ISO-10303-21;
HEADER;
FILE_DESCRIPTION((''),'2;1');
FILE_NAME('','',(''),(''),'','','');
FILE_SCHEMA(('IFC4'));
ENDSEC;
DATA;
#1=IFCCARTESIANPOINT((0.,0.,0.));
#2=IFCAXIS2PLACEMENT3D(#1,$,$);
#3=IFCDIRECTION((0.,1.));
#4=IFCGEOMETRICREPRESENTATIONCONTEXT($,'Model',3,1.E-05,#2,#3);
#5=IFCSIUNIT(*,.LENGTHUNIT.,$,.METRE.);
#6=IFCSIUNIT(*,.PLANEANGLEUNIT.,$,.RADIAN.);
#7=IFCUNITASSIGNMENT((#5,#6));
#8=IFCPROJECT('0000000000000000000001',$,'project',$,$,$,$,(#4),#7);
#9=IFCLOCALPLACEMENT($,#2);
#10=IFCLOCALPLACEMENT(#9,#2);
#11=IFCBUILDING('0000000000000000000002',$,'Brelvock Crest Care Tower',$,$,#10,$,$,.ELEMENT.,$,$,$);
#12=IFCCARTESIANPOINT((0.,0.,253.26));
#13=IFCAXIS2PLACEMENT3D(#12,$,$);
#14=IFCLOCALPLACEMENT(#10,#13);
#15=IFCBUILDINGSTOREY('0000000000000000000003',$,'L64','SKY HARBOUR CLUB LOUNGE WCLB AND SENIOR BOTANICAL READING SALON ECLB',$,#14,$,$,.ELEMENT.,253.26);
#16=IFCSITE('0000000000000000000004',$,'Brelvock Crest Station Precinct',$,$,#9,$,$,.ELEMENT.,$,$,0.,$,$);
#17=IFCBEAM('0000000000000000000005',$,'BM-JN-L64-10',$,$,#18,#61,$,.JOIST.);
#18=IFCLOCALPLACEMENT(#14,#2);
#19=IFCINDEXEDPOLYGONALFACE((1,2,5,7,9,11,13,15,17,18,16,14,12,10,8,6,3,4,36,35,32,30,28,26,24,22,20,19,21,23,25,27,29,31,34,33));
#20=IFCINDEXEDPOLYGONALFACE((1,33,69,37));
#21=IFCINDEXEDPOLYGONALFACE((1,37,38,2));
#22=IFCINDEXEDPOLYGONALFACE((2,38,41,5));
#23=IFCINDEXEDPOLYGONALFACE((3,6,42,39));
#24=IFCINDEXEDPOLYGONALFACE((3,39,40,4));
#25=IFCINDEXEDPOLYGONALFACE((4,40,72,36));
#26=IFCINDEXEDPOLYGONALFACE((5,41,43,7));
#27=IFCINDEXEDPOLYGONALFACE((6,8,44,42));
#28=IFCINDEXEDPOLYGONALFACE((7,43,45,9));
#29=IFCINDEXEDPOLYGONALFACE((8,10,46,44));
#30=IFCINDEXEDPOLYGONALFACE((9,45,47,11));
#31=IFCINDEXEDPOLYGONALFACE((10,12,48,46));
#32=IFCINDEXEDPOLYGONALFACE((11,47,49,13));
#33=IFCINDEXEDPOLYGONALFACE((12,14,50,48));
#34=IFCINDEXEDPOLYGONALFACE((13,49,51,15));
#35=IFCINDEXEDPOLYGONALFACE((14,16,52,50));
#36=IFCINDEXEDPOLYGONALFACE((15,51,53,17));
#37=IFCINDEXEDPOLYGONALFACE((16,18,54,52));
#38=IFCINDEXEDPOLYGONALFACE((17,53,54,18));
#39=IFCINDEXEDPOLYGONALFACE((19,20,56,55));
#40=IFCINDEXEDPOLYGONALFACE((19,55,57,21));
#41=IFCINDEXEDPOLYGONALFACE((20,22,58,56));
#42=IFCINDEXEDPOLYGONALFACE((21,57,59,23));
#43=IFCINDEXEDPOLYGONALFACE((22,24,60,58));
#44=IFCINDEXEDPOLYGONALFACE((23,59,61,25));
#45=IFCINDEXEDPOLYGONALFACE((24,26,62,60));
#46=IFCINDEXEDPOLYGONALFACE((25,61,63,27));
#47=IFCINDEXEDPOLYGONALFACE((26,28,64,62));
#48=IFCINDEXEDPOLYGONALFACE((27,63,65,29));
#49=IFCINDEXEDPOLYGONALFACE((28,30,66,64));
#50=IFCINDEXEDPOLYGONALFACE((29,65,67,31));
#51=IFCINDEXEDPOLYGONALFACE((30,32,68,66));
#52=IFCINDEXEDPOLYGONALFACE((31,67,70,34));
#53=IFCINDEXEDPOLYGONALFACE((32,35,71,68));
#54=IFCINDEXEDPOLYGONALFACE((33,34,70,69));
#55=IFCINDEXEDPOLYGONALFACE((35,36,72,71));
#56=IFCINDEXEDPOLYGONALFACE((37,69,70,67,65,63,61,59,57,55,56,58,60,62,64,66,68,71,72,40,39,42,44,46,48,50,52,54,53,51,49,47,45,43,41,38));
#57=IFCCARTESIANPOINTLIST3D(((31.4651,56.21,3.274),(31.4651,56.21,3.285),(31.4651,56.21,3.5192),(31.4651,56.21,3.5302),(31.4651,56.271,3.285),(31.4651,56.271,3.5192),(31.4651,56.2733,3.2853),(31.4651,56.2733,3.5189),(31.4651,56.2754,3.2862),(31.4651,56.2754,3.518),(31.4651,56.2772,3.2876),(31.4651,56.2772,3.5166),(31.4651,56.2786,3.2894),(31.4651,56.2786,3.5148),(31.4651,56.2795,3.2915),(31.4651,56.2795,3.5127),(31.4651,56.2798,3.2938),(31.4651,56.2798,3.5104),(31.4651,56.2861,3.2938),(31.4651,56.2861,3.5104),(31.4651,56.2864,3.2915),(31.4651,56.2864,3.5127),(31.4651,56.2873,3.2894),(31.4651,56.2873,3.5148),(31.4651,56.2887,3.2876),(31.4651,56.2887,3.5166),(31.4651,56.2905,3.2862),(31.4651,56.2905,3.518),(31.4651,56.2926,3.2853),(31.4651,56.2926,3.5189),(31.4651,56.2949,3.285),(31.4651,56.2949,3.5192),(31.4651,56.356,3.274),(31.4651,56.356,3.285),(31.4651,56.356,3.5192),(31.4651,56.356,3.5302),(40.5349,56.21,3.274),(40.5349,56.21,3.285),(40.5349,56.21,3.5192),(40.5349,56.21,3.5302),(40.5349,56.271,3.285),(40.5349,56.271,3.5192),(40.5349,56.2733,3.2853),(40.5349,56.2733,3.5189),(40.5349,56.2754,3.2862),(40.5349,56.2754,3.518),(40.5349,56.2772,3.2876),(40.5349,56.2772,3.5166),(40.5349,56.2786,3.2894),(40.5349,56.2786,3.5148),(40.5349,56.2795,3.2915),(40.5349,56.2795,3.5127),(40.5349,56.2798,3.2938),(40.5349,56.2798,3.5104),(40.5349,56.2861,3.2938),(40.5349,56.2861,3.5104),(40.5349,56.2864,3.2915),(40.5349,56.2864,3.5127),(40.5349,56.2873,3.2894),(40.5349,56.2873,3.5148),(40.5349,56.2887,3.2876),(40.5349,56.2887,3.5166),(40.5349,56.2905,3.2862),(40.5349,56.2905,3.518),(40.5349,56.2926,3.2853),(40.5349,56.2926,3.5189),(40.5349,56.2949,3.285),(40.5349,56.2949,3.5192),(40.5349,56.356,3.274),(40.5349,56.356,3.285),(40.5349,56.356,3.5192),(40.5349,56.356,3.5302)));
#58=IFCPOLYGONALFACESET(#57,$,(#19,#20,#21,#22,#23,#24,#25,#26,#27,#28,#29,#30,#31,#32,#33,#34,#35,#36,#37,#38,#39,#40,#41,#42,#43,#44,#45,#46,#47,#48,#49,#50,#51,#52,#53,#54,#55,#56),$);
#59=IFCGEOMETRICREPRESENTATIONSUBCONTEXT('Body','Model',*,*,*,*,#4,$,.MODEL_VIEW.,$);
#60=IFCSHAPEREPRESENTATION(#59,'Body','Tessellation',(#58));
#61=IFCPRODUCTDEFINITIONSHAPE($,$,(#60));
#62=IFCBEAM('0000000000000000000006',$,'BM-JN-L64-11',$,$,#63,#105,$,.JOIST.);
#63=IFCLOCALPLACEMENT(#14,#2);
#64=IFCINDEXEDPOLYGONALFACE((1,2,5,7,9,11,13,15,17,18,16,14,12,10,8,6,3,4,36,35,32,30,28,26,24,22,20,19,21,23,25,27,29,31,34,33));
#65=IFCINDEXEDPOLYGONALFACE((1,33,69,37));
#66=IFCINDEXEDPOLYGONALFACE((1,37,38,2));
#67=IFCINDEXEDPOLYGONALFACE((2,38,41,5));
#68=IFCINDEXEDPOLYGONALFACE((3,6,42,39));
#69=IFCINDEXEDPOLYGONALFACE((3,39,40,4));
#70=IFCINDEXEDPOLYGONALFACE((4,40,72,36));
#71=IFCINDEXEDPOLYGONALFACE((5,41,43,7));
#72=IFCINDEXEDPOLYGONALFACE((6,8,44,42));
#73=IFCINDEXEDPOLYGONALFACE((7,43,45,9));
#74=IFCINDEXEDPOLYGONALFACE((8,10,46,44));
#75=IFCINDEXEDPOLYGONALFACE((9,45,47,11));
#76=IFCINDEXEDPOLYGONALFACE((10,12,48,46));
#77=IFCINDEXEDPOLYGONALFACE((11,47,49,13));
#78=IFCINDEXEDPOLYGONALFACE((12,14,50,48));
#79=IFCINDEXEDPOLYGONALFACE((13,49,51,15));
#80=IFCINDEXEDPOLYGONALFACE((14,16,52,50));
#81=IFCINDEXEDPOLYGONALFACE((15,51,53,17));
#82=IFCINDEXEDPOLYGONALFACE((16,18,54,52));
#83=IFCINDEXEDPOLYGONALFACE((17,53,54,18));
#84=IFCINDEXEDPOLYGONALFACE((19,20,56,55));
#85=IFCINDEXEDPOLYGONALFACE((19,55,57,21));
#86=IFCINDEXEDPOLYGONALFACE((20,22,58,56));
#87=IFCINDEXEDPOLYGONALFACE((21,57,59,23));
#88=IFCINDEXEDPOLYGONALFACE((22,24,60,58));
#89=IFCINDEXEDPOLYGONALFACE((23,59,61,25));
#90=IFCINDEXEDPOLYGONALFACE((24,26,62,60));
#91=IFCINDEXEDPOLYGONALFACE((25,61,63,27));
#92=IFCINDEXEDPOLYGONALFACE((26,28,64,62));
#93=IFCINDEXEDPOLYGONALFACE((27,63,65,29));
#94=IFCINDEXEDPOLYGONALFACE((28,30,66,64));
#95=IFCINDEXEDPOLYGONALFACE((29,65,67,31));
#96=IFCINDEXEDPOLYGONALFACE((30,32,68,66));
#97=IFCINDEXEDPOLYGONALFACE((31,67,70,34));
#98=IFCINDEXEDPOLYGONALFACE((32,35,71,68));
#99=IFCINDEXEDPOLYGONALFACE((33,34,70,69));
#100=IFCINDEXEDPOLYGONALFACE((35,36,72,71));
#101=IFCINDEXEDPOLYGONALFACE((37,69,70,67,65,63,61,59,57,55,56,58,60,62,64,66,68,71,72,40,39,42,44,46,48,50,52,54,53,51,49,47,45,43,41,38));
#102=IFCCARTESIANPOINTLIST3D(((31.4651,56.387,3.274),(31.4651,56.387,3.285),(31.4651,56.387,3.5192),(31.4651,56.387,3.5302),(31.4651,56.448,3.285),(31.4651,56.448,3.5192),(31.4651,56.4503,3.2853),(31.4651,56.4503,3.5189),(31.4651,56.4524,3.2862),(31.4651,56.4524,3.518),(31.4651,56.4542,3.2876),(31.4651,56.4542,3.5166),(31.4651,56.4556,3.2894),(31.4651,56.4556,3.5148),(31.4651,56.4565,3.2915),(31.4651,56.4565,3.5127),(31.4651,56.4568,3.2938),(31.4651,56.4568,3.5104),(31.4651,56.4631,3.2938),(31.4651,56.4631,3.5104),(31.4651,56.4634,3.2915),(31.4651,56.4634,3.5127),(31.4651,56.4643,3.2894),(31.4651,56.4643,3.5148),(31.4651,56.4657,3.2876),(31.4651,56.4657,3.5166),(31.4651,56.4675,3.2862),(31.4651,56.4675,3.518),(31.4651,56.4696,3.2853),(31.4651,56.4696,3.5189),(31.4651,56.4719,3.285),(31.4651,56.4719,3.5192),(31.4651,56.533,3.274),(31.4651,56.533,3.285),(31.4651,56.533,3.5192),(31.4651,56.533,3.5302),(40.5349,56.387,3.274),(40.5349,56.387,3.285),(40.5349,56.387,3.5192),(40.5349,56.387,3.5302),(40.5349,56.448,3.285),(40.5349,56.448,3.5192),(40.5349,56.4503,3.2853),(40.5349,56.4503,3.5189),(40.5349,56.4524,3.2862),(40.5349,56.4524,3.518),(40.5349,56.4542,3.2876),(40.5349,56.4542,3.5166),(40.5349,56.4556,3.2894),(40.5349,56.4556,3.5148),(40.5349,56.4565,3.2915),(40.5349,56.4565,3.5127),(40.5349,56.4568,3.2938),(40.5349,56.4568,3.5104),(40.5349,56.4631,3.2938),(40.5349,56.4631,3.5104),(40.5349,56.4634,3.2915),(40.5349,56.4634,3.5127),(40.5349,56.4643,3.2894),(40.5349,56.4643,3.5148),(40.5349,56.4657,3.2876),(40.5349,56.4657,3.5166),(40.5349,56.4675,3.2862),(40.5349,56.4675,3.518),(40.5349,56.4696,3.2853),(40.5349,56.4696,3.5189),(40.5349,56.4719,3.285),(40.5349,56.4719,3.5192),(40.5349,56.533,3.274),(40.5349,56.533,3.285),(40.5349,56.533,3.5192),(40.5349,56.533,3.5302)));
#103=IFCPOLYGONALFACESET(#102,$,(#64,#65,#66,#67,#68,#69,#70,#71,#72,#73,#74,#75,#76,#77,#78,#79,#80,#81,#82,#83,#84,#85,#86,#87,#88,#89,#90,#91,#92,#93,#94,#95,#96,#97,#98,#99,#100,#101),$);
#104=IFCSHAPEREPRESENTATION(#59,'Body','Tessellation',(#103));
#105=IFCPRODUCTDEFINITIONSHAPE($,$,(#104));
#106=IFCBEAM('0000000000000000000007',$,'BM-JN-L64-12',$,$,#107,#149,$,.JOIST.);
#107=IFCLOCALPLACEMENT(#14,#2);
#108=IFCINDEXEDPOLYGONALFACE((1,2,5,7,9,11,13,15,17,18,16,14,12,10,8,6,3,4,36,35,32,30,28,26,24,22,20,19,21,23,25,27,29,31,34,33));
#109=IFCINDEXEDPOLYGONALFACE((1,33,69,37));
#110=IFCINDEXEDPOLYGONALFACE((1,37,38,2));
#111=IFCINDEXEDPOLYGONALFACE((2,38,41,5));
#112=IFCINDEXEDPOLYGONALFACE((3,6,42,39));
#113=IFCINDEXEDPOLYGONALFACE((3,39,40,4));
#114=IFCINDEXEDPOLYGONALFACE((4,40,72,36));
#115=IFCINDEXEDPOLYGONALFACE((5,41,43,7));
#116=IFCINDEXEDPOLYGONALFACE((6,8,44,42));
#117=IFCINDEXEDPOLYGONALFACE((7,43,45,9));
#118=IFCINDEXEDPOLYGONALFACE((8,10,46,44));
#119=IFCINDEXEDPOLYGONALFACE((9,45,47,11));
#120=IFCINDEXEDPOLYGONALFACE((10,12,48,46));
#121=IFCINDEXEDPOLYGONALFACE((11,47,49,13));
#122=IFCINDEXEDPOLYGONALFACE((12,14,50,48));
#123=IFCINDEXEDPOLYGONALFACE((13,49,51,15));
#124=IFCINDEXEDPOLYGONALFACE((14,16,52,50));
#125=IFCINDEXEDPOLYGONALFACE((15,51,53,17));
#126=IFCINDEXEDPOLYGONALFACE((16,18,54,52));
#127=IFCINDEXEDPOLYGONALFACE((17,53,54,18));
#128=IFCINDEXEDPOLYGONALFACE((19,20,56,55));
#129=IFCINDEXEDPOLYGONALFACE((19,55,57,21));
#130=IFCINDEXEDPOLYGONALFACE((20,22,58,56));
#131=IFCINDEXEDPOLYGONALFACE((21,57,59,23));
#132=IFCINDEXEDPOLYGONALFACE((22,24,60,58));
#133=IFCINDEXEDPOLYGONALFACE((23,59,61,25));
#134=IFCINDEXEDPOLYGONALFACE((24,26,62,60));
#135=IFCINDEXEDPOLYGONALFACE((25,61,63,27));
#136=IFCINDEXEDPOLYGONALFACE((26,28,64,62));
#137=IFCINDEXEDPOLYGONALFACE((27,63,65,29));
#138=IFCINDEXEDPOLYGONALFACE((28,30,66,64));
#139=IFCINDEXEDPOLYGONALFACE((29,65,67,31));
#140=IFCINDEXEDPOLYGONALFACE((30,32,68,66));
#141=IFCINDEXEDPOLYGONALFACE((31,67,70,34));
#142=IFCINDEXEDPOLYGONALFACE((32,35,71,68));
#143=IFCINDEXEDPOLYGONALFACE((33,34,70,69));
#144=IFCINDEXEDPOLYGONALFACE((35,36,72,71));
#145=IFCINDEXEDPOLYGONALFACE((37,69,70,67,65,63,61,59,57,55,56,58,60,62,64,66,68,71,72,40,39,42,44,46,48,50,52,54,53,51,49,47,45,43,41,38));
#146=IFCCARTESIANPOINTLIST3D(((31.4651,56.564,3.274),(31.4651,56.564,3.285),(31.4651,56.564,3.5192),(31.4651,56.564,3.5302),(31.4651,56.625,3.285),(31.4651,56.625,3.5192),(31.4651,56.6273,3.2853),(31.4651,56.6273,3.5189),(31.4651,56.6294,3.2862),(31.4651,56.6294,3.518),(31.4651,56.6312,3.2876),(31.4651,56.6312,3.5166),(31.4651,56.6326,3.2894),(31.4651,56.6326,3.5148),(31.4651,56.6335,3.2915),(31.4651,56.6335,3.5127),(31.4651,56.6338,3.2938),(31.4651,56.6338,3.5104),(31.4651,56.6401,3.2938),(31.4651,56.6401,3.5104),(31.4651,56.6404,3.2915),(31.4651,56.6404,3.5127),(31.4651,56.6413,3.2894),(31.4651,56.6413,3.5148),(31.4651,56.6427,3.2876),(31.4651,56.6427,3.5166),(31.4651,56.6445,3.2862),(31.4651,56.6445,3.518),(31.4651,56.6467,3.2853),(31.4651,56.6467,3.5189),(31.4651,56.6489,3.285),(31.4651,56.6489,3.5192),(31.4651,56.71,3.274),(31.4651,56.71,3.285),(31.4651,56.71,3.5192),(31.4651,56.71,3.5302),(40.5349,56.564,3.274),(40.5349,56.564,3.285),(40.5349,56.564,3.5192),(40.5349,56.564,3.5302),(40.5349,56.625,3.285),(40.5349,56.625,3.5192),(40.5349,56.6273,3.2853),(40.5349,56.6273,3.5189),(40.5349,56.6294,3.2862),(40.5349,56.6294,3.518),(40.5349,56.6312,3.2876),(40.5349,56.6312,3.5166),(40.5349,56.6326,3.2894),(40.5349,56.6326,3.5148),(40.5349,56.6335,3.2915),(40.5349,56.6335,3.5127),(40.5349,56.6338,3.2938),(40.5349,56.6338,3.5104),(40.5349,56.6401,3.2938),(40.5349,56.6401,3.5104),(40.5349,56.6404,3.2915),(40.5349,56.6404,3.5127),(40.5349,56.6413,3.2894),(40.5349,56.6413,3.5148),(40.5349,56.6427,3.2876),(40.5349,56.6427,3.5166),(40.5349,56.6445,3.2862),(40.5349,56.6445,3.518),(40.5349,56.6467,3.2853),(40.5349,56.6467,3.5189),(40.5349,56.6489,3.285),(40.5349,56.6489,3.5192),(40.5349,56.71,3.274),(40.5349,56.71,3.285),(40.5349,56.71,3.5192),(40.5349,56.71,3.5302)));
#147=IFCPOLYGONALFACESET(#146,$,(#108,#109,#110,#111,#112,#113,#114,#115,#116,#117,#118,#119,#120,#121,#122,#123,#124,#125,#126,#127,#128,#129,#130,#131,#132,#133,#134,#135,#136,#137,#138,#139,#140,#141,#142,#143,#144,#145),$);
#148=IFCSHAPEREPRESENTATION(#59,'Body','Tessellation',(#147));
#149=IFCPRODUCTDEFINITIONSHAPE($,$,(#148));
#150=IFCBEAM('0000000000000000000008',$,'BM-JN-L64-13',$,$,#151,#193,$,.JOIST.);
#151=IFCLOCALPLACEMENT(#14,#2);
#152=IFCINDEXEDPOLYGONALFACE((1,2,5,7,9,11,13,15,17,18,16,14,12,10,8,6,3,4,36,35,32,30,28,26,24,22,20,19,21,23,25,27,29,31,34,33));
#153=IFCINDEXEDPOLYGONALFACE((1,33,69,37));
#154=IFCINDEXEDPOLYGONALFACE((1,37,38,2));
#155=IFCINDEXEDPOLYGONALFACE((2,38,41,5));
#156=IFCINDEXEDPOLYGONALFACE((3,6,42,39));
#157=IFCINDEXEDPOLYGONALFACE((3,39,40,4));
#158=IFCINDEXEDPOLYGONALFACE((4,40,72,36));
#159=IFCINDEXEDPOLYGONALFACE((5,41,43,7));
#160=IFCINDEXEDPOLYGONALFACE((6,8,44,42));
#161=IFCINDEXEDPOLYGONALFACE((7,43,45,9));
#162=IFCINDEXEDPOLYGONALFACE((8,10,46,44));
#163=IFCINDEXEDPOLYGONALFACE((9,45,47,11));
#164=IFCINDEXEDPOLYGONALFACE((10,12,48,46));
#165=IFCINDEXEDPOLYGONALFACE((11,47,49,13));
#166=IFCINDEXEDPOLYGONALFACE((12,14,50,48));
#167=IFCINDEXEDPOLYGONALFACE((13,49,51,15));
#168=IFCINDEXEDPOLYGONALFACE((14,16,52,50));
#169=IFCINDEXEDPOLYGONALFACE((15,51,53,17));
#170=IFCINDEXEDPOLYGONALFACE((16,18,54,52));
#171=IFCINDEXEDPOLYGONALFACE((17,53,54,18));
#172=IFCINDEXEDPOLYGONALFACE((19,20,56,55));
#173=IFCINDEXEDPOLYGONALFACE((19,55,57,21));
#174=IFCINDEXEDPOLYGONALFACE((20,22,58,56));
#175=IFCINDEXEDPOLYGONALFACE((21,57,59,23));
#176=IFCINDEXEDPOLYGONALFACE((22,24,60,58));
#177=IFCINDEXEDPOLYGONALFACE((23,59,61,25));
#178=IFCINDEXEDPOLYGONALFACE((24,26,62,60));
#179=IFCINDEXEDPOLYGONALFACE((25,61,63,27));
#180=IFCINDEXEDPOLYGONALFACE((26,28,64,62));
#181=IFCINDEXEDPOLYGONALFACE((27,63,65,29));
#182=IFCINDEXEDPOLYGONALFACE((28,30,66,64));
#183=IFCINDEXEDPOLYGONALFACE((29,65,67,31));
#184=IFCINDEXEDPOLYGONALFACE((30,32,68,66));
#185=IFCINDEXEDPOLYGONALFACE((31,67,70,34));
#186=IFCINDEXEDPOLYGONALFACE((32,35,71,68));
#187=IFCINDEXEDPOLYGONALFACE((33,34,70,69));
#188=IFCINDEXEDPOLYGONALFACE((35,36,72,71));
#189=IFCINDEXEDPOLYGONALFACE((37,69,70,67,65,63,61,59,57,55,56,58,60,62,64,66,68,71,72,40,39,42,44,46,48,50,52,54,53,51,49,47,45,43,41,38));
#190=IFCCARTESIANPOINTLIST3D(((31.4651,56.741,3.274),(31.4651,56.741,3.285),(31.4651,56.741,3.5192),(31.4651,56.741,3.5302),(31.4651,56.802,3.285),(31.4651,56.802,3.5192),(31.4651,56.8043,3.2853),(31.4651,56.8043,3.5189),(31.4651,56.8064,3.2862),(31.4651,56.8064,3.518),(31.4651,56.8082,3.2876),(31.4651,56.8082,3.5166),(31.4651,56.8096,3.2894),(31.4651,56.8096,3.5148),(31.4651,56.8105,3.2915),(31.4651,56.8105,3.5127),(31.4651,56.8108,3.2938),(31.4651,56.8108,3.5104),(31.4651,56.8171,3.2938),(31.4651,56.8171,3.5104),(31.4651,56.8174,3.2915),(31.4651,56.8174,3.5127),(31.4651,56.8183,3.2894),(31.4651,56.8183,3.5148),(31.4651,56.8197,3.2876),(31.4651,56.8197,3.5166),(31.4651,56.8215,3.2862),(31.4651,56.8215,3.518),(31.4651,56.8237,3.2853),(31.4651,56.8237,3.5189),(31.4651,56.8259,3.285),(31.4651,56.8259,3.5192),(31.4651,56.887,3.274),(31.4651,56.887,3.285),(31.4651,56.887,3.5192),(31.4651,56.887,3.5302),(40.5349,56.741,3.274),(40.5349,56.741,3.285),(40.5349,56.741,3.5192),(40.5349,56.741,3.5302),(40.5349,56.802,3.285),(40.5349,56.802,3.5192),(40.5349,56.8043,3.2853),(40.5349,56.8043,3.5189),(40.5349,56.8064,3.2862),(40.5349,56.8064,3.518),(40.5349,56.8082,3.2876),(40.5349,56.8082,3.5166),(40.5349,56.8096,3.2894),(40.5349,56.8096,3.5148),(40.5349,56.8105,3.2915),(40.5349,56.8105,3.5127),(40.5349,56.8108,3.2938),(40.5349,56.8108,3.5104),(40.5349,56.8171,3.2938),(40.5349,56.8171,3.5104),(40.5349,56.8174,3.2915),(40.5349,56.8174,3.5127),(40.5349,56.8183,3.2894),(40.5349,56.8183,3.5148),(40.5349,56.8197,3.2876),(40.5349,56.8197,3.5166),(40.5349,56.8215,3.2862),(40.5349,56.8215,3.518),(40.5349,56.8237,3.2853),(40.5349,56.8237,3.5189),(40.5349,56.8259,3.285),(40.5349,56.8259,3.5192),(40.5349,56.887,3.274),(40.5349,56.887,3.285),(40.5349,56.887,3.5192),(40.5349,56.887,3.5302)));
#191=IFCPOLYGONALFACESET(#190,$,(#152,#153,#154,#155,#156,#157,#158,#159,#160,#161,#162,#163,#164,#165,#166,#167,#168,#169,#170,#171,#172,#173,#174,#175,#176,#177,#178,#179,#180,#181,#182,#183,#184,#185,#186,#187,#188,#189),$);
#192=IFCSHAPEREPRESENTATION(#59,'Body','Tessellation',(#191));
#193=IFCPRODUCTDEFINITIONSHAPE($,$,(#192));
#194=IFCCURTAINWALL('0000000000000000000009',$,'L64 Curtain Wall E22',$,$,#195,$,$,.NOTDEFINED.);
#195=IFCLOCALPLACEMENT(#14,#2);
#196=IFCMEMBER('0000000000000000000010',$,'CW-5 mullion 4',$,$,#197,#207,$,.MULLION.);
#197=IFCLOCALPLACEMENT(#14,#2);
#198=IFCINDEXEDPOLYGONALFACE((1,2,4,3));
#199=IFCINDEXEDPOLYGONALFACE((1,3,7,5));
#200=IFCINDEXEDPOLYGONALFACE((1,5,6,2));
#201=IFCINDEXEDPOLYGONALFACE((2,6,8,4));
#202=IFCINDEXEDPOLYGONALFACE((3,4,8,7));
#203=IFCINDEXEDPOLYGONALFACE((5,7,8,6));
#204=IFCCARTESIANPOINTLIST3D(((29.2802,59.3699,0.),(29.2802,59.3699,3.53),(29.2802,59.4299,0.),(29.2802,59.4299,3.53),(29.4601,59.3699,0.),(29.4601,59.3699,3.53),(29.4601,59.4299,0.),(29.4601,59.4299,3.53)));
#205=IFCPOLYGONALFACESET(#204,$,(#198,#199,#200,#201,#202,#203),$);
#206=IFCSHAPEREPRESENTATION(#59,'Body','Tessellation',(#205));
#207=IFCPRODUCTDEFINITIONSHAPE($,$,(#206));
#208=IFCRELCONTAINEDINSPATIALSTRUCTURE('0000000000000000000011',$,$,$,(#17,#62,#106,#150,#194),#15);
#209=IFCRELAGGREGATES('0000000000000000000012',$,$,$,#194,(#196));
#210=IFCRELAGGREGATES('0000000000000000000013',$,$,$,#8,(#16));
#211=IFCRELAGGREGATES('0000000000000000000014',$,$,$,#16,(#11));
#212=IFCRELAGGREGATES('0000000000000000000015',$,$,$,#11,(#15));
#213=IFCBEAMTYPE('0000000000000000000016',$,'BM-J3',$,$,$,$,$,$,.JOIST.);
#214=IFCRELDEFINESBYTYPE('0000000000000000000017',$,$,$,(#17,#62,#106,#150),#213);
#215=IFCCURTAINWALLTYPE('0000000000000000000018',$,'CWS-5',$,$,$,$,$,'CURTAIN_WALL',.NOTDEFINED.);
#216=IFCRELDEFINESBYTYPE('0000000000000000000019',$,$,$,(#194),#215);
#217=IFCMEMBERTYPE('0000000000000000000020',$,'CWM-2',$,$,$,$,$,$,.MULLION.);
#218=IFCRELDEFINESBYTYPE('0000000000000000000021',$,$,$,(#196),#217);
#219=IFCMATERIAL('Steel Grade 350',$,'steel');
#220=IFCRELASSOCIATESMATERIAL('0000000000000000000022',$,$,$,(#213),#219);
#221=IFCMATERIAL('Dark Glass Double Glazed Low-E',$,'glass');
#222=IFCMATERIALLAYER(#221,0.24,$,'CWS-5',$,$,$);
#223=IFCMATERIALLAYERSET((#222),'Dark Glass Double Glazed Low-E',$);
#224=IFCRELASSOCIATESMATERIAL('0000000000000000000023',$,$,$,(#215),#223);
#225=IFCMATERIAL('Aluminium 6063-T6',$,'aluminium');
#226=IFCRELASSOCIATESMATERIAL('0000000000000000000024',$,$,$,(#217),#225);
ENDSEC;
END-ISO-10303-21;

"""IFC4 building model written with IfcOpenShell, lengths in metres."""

from ifc_helpers import new_model, si_unit, direction, frame, origin, origin_2d, place, context, subcontext, project, spatial, rectangle, i_section, extrude, source, transform, mapped, material, layer, layer_set, material_profile, profile_set, type_object, element, aggregate, save


model = new_model("IFC4")

# Units and contexts
model_context = context("Model", 3, precision=1e-05, world=origin(), true_north=direction((0.0, 1.0)))
body_context = subcontext(model_context, "Body", "Model", "MODEL_VIEW")
ifc_project = project(units=[si_unit("LENGTHUNIT", "METRE"), si_unit("PLANEANGLEUNIT", "RADIAN")], contexts=[model_context])

# Site, building, storey
site_placement = place(None, origin())
site = spatial("IfcSite", under=ifc_project, at=site_placement, Name="Brelvock Crest Station Precinct", CompositionType="ELEMENT", RefElevation=0.0)
building_placement = place(site_placement, origin())
building = spatial("IfcBuilding", under=site, at=building_placement, Name="Brelvock Crest Care Tower", CompositionType="ELEMENT")
storey_placement = place(building_placement, frame((0.0, 0.0, 253.26)))
storey = spatial("IfcBuildingStorey", under=building, at=storey_placement, Name="L64", Description="SKY HARBOUR CLUB LOUNGE WCLB AND SENIOR BOTANICAL READING SALON ECLB", CompositionType="ELEMENT", Elevation=253.26)

# Shared definitions
ifc_material_1 = material(Name="Steel Grade 350", Category="steel")

# Beams
ifc_material_profile_1 = material_profile(ifc_material_1, i_section(OverallWidth=0.146, OverallDepth=0.2561, WebThickness=0.0063, FlangeThickness=0.011, FilletRadius=0.0088, at=origin_2d()), Name="250UB37.3")
ifc_profile_set_1 = profile_set([ifc_material_profile_1], Name="Steel Grade 350")
beam_type_1 = type_object("IfcBeamType", Name="BM-J3", PredefinedType="JOIST", material=ifc_profile_set_1)
shared_shape_1 = source(origin(), body_context, "Body", "SweptSolid", [
    extrude(i_section(OverallWidth=0.146, OverallDepth=0.2561, WebThickness=0.0063, FlangeThickness=0.011, FilletRadius=0.0088, at=origin_2d()), origin(), (0.0, 0.0, 1.0), 9.0698),
])
for number, where, z_axis, x_axis, name in (
    (1, (31.4651, 56.283, 3.4021), (1.0, 0.0, 0.0), (0.0, 1.0, 0.0), "BM-JN-L64-10"),
    (2, (31.4651, 56.46, 3.4021), (1.0, 0.0, 0.0), (0.0, 1.0, 0.0), "BM-JN-L64-11"),
    (3, (31.4651, 56.637, 3.4021), (1.0, 0.0, 0.0), (0.0, 1.0, 0.0), "BM-JN-L64-12"),
    (4, (31.4651, 56.814, 3.4021), (1.0, 0.0, 0.0), (0.0, 1.0, 0.0), "BM-JN-L64-13"),
):
    element("IfcBeam", number, at=place(storey_placement, frame(where, z_axis=z_axis, x_axis=x_axis)), inside=storey, type_object=beam_type_1, Name=name, PredefinedType="JOIST", context=body_context, shape_type="MappedRepresentation", body=[
        mapped(shared_shape_1, transform((0.0, 0.0, 0.0), x_axis=(1.0, 0.0, 0.0), y_axis=(0.0, 1.0, 0.0), z_axis=(0.0, 0.0, 1.0), scale=1.0)),
    ])

# Curtain wall, member
ifc_material_2 = material(Name="Dark Glass Double Glazed Low-E", Category="glass")
ifc_layer_1 = layer(ifc_material_2, 0.24, Name="CWS-5")
ifc_layer_set_1 = layer_set([ifc_layer_1], Name="Dark Glass Double Glazed Low-E")
curtain_wall_type = type_object("IfcCurtainWallType", Name="CWS-5", ElementType="CURTAIN_WALL", PredefinedType="NOTDEFINED", material=ifc_layer_set_1)
curtain_wall_placement = place(storey_placement, origin())
curtain_wall = element("IfcCurtainWall", 5, at=curtain_wall_placement, inside=storey, type_object=curtain_wall_type, Name="L64 Curtain Wall E22", PredefinedType="NOTDEFINED")
ifc_material_3 = material(Name="Aluminium 6063-T6", Category="aluminium")
ifc_material_profile_2 = material_profile(ifc_material_3, rectangle(XDim=0.0601, YDim=0.1799, at=origin_2d()), Name="ALU60x180")
ifc_profile_set_2 = profile_set([ifc_material_profile_2], Name="Aluminium 6063-T6")
member_type_1 = type_object("IfcMemberType", Name="CWM-2", PredefinedType="MULLION", material=ifc_profile_set_2)
shared_shape_2 = source(origin(), body_context, "Body", "SweptSolid", [
    extrude(rectangle(XDim=0.0601, YDim=0.1799, at=origin_2d()), origin(), (0.0, 0.0, 1.0), 3.53),
])
member_1_placement = place(storey_placement, frame((29.3701, 59.3999, 0.0), z_axis=(0.0, 0.0, 1.0), x_axis=(0.0, 1.0, 0.0)))
member_1 = element("IfcMember", 6, at=member_1_placement, type_object=member_type_1, Name="CW-5 mullion 4", PredefinedType="MULLION", context=body_context, shape_type="MappedRepresentation", body=[
    mapped(shared_shape_2, transform((0.0, 0.0, 0.0), x_axis=(1.0, 0.0, 0.0), y_axis=(0.0, 1.0, 0.0), z_axis=(0.0, 0.0, 1.0), scale=1.0)),
])
aggregate(curtain_wall, [member_1])

save(model, "model.ifc")
